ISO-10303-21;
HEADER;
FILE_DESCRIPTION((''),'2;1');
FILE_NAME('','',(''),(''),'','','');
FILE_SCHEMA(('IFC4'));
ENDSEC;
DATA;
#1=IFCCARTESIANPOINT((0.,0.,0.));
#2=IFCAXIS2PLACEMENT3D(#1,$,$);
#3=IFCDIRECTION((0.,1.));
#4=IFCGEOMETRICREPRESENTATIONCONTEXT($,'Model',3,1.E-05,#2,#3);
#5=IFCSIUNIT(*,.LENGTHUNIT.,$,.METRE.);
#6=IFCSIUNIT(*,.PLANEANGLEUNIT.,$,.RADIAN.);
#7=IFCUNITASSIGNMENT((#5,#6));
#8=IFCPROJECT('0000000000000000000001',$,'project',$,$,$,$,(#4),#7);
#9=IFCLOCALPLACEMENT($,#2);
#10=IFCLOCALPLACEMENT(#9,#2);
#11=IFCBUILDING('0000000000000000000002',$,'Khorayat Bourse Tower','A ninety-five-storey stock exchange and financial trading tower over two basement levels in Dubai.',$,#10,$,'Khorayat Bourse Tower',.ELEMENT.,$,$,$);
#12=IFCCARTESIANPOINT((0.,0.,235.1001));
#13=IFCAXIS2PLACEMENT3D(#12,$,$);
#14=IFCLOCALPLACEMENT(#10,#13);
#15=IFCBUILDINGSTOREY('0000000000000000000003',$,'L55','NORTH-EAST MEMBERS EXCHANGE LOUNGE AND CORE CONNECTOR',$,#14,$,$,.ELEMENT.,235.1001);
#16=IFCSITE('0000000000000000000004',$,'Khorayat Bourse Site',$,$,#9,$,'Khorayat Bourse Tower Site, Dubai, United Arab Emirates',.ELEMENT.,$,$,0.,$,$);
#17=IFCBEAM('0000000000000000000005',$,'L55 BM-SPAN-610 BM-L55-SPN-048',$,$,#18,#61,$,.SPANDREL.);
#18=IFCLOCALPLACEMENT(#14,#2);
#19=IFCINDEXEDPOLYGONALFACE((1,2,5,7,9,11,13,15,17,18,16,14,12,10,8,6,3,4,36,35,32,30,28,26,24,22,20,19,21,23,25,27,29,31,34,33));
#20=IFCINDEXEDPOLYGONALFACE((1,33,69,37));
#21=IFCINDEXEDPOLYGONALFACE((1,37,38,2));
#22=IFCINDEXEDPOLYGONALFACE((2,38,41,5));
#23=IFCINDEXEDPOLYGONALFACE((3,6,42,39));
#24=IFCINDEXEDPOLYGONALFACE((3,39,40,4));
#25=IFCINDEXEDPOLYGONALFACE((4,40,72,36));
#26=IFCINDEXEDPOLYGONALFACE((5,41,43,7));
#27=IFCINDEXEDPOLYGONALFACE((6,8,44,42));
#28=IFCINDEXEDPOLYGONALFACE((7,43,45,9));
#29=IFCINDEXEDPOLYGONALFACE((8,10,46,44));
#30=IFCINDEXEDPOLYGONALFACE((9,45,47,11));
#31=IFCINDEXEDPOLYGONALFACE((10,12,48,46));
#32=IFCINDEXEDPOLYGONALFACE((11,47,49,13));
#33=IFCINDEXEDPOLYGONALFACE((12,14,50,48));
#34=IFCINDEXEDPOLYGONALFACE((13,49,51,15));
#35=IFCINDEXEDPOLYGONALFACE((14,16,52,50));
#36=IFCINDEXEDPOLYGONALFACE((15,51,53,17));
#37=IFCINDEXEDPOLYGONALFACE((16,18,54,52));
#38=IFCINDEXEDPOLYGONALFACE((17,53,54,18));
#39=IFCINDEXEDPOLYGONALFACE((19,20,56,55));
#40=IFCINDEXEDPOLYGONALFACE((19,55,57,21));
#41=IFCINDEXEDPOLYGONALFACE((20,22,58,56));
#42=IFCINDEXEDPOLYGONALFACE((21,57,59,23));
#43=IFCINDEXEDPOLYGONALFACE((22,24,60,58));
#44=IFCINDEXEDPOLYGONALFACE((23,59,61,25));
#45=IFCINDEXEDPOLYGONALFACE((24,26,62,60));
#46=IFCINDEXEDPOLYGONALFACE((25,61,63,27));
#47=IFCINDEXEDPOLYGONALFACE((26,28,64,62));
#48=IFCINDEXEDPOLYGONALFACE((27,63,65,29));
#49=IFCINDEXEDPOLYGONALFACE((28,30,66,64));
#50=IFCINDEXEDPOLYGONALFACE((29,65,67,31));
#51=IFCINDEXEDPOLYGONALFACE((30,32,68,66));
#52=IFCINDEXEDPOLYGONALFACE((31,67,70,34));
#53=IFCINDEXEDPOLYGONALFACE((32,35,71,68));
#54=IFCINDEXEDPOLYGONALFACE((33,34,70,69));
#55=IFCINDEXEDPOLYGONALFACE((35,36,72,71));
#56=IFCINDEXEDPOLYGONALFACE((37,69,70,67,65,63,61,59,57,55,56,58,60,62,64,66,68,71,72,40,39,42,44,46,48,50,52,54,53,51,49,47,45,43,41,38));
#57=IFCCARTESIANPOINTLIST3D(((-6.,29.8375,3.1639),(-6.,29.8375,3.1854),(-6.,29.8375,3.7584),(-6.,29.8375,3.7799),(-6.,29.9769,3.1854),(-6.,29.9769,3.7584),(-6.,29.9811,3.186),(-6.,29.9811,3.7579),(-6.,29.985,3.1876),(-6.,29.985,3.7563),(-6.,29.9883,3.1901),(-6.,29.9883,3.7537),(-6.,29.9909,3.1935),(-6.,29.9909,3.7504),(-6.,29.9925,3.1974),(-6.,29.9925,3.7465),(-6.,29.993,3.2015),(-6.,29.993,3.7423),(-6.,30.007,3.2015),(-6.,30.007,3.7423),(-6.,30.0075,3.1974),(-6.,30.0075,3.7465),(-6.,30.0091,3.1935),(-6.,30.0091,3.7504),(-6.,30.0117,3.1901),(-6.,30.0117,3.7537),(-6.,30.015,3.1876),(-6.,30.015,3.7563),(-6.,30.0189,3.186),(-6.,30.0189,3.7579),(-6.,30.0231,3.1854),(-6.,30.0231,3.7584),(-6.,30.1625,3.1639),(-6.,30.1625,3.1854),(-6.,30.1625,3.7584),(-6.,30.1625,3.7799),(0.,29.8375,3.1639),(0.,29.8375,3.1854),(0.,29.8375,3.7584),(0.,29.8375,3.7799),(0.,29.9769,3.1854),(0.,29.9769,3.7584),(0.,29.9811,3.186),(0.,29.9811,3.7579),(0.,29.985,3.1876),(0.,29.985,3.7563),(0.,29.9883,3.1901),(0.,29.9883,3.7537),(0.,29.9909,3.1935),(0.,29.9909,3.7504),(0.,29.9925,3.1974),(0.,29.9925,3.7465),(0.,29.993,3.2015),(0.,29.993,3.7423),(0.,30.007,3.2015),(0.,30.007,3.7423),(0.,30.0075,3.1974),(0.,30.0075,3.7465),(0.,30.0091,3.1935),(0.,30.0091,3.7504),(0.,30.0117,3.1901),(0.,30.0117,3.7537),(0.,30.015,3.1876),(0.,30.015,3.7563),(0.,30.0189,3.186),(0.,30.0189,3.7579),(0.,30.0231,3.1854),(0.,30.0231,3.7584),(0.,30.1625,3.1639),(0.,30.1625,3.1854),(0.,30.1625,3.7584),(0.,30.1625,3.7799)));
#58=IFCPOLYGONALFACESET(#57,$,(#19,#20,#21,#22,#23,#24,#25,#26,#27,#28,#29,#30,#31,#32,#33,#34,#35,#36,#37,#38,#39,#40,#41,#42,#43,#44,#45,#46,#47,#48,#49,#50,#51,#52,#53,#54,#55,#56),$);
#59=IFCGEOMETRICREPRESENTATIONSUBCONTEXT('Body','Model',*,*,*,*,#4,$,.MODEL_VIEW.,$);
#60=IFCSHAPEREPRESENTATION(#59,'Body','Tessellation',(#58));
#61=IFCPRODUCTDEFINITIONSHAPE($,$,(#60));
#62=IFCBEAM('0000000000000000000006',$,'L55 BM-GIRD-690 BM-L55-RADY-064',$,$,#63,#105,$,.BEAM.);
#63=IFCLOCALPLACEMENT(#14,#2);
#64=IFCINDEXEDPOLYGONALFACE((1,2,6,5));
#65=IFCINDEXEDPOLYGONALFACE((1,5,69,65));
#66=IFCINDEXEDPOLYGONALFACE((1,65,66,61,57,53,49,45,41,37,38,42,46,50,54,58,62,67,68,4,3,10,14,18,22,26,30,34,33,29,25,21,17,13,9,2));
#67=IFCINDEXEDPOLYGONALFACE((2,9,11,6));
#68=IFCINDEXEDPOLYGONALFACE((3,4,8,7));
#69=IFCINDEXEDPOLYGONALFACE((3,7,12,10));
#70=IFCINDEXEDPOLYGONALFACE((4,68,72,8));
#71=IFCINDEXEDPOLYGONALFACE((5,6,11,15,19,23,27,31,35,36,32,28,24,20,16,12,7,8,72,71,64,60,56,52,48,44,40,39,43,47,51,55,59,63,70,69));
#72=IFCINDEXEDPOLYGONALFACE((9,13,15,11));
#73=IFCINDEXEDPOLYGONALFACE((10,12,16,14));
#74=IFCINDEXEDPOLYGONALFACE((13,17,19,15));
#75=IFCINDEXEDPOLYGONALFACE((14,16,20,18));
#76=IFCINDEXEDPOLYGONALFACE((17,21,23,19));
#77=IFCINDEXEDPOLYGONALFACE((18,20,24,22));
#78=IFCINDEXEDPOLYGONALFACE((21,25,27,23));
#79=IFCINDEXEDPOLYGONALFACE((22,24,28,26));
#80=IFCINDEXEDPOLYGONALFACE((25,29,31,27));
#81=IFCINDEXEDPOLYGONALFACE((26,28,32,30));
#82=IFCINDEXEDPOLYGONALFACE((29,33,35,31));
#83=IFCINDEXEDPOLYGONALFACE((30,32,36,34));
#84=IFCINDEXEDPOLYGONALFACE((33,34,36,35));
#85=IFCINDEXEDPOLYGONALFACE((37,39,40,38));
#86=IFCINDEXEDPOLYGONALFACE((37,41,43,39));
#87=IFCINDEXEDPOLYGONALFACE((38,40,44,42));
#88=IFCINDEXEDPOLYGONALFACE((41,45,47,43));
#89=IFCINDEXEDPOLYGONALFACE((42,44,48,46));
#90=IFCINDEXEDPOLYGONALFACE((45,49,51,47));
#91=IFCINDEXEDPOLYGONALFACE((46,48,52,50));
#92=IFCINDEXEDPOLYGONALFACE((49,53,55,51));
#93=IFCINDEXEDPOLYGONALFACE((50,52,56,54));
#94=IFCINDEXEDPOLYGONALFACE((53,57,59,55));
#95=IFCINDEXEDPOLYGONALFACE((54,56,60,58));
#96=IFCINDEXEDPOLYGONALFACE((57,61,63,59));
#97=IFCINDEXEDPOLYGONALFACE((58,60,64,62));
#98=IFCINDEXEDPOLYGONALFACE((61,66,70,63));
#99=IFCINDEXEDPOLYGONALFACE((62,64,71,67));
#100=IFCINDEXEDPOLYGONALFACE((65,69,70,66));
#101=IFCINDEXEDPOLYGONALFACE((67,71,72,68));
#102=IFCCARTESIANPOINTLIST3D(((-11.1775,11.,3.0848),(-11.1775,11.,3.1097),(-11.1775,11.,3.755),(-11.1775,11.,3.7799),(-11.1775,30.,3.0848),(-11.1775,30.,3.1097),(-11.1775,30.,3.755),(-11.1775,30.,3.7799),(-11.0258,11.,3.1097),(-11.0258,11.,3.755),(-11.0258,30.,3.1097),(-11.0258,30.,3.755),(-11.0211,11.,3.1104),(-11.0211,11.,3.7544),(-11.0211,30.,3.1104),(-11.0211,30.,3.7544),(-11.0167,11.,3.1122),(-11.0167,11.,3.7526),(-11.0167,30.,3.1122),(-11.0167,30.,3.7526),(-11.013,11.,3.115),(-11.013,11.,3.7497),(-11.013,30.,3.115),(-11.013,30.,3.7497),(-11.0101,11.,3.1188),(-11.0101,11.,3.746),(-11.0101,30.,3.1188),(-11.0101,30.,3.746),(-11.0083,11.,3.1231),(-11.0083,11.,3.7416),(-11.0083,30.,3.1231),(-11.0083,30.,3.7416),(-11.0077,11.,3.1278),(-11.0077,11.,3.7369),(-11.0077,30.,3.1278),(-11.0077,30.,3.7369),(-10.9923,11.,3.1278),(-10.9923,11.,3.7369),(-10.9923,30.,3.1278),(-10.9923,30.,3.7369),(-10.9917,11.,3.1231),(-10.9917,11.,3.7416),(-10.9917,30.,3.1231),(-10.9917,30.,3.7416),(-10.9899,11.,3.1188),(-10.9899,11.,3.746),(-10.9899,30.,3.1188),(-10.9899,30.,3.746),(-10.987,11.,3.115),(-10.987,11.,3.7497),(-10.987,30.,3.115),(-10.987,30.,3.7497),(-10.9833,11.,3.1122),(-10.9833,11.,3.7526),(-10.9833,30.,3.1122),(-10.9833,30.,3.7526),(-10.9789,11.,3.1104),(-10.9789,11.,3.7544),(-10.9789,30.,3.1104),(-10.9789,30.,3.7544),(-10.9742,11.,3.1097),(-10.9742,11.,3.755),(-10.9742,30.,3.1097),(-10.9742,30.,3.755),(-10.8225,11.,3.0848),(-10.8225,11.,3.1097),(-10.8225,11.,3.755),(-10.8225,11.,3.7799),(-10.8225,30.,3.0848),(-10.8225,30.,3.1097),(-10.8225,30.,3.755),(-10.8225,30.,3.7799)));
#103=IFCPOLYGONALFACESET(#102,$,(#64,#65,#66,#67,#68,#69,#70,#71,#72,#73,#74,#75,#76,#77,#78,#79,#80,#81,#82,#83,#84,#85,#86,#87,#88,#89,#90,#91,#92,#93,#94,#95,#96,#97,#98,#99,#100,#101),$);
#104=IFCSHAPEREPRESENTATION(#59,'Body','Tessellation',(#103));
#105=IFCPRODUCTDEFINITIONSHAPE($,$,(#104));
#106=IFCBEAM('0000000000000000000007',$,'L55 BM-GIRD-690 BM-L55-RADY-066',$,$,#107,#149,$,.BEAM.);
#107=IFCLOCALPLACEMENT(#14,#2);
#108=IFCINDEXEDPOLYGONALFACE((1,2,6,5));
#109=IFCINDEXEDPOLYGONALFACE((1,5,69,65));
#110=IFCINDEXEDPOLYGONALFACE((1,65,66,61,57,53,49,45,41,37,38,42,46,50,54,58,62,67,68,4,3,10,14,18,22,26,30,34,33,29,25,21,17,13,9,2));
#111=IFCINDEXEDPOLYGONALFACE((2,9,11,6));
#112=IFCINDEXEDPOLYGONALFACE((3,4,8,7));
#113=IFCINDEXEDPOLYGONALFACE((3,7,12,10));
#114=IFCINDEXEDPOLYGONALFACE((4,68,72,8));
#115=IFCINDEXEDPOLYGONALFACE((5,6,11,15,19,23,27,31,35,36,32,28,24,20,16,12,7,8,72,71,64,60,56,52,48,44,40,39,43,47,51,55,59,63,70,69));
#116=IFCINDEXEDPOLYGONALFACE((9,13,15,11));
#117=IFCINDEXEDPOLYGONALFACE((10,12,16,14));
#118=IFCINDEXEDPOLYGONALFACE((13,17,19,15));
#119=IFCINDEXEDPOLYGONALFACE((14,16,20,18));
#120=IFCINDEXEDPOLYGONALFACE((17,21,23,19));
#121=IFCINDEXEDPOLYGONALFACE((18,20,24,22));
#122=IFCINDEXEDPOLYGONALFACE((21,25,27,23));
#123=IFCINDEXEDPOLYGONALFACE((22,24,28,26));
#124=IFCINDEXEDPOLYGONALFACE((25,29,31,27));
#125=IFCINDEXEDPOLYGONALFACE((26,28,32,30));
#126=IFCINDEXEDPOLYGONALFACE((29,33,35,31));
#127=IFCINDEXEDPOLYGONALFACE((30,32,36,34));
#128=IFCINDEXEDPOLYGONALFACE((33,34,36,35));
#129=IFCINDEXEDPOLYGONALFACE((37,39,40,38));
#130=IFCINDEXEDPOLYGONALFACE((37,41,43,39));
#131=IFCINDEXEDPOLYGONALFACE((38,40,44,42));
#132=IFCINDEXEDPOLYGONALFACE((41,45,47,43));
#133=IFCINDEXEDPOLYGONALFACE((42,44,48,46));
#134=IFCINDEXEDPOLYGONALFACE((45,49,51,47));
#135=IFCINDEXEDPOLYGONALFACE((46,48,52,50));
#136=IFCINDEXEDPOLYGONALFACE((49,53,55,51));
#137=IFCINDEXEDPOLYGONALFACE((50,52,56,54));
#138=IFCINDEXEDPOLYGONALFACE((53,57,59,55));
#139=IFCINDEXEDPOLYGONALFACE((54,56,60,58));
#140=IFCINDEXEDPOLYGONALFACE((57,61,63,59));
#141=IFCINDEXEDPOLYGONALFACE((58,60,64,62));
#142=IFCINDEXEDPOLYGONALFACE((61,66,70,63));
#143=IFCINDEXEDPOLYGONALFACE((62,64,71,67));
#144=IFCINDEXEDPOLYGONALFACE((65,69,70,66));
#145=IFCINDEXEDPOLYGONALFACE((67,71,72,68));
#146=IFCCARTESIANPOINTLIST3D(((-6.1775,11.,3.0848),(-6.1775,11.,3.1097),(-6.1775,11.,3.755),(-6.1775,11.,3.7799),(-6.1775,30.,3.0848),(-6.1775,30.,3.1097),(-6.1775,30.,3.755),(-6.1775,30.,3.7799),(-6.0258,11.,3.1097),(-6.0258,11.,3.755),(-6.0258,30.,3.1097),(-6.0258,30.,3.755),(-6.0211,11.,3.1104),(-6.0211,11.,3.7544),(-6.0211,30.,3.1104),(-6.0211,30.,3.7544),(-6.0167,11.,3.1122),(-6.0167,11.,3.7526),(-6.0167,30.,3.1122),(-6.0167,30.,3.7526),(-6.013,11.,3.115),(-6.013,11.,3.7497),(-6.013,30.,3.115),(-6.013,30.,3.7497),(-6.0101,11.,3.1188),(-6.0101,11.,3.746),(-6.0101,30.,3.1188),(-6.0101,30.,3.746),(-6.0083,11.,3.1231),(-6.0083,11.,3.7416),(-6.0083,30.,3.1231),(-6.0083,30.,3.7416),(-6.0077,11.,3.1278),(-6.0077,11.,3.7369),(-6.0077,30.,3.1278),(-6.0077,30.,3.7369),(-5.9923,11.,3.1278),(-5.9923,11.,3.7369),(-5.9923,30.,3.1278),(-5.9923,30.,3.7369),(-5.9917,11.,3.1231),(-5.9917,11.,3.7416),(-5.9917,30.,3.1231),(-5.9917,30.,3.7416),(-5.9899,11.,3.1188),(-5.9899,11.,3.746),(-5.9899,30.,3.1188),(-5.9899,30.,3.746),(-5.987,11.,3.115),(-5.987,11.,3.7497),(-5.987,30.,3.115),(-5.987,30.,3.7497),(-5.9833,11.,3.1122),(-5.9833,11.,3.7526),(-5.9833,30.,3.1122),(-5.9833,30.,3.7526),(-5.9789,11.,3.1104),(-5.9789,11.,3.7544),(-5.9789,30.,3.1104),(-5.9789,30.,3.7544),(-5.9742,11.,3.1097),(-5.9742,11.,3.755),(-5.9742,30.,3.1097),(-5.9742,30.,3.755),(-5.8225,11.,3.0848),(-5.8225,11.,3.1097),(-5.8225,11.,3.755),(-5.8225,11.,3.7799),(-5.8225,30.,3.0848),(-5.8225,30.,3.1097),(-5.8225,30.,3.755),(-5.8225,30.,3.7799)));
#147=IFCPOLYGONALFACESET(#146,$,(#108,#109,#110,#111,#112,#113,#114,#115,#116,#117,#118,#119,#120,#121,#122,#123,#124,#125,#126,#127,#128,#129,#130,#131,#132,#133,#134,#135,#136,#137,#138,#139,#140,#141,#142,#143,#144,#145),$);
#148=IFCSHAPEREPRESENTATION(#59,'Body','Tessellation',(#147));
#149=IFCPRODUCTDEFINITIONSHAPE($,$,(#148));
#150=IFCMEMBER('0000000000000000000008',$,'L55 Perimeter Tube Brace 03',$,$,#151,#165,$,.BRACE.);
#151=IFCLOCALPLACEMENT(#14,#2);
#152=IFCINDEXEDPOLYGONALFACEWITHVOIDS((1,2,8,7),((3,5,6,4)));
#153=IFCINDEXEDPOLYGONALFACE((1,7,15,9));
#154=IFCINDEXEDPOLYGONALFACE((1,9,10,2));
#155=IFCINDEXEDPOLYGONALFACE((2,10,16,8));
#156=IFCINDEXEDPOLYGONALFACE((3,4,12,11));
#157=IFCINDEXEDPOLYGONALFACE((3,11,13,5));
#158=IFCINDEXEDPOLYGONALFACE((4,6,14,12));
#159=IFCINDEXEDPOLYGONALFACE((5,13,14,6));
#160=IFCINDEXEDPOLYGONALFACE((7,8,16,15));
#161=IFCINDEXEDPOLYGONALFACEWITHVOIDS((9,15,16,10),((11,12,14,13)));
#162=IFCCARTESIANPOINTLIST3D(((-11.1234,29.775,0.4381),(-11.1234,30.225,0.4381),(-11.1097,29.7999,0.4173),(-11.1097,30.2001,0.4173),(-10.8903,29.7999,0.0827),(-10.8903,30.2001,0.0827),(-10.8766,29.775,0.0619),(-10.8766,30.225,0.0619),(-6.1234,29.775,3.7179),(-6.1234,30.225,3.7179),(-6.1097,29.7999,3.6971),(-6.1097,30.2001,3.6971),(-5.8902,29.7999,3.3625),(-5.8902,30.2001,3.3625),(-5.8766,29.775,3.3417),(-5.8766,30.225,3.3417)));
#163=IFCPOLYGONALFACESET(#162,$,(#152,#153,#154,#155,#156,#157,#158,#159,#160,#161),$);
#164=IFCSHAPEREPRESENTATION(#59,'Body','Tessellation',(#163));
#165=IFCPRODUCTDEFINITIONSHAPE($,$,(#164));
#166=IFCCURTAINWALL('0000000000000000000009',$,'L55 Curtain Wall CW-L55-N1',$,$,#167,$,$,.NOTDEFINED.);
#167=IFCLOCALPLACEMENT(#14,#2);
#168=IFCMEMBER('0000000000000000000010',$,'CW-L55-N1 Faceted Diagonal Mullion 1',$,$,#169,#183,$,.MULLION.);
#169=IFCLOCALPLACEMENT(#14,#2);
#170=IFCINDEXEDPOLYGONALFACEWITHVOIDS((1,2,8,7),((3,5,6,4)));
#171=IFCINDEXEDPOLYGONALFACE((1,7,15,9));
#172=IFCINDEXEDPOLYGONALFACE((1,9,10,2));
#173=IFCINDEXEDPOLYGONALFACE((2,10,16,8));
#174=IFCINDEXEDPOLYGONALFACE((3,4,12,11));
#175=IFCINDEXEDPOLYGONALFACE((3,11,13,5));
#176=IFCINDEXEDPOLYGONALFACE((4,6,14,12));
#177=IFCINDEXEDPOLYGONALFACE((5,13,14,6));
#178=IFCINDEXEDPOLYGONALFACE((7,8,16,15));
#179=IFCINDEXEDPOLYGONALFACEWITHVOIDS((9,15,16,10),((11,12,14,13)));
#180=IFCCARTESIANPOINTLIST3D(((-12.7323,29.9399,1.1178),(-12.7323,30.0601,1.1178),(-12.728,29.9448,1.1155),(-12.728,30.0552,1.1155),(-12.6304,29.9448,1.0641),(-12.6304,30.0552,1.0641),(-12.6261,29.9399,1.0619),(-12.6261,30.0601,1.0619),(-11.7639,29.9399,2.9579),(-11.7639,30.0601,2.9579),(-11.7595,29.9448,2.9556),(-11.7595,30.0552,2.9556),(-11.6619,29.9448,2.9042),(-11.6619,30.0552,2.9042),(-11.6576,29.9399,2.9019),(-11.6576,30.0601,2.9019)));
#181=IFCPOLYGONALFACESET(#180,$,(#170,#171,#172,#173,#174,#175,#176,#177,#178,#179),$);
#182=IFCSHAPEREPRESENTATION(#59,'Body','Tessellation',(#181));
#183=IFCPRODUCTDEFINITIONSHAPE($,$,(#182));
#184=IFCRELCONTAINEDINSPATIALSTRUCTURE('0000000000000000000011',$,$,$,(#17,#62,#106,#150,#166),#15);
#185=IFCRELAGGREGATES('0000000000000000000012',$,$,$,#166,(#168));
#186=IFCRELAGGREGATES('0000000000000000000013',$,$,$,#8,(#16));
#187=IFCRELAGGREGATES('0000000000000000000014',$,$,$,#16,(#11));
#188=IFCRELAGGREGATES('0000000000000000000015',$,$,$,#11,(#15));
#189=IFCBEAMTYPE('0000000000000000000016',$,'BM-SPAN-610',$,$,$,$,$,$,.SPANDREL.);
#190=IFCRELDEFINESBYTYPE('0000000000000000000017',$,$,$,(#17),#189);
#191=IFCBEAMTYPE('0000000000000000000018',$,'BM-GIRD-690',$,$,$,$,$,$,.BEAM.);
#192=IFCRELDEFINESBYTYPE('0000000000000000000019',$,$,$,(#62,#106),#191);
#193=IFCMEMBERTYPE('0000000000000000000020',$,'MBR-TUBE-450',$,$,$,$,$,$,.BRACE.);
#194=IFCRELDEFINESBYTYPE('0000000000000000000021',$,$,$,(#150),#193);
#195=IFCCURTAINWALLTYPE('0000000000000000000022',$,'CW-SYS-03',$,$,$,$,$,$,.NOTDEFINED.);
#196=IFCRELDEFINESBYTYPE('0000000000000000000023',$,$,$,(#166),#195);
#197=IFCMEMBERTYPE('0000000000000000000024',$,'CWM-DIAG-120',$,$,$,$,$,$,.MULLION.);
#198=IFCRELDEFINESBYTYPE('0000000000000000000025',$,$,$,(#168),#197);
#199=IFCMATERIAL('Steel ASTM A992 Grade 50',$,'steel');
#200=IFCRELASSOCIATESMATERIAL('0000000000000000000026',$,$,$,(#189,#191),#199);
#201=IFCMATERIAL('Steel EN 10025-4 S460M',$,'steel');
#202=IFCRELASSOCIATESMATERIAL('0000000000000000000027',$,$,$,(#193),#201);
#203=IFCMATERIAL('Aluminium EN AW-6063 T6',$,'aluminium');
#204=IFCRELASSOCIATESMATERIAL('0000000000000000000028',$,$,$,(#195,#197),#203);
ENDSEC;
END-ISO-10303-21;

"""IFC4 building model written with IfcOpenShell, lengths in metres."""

from ifc_helpers import new_model, si_unit, direction, frame, origin, origin_2d, place, context, subcontext, project, spatial, hollow_rectangle, i_section, extrude, source, transform, mapped, material, material_profile, profile_set, type_object, element, aggregate, save


model = new_model("IFC4")

# Units and contexts
model_context = context("Model", 3, precision=1e-05, world=origin(), true_north=direction((0.0, 1.0)))
body_context = subcontext(model_context, "Body", "Model", "MODEL_VIEW")
ifc_project = project(units=[si_unit("LENGTHUNIT", "METRE"), si_unit("PLANEANGLEUNIT", "RADIAN")], contexts=[model_context])

# Site, building, storey
site_placement = place(None, origin())
site = spatial("IfcSite", under=ifc_project, at=site_placement, Name="Khorayat Bourse Site", LongName="Khorayat Bourse Tower Site, Dubai, United Arab Emirates", CompositionType="ELEMENT", RefElevation=0.0)
building_placement = place(site_placement, origin())
building = spatial("IfcBuilding", under=site, at=building_placement, Name="Khorayat Bourse Tower", Description="A ninety-five-storey stock exchange and financial trading tower over two basement levels in Dubai.", LongName="Khorayat Bourse Tower", CompositionType="ELEMENT")
storey_placement = place(building_placement, frame((0.0, 0.0, 235.1001)))
storey = spatial("IfcBuildingStorey", under=building, at=storey_placement, Name="L55", Description="NORTH-EAST MEMBERS EXCHANGE LOUNGE AND CORE CONNECTOR", CompositionType="ELEMENT", Elevation=235.1001)

# Shared definitions
ifc_material_1 = material(Name="Steel EN 10025-4 S460M", Category="steel")

# Beams
ifc_material_2 = material(Name="Steel ASTM A992 Grade 50", Category="steel")
ifc_material_profile_1 = material_profile(ifc_material_2, i_section(OverallWidth=0.325, OverallDepth=0.616, WebThickness=0.0139, FlangeThickness=0.0215, FilletRadius=0.0161, at=origin_2d()), Name="W610X174")
ifc_profile_set_1 = profile_set([ifc_material_profile_1], Name="Steel ASTM A992 Grade 50")
beam_type_1 = type_object("IfcBeamType", Name="BM-SPAN-610", PredefinedType="SPANDREL", material=ifc_profile_set_1)
shared_shape_1 = source(origin(), body_context, "Body", "SweptSolid", [
    extrude(i_section(OverallWidth=0.325, OverallDepth=0.616, WebThickness=0.0139, FlangeThickness=0.0215, FilletRadius=0.0161, at=origin_2d()), origin(), (0.0, 0.0, 1.0), 6.0),
])
beam_1_placement = place(storey_placement, frame((-6.0, 30.0, 3.4719), z_axis=(1.0, 0.0, 0.0), x_axis=(0.0, 1.0, 0.0)))
element("IfcBeam", 1, at=beam_1_placement, inside=storey, type_object=beam_type_1, Name="L55 BM-SPAN-610 BM-L55-SPN-048", PredefinedType="SPANDREL", context=body_context, shape_type="MappedRepresentation", body=[
    mapped(shared_shape_1, transform((0.0, 0.0, 0.0), scale=1.0)),
])
ifc_material_profile_2 = material_profile(ifc_material_2, i_section(OverallWidth=0.355, OverallDepth=0.6951, WebThickness=0.0154, FlangeThickness=0.0249, FilletRadius=0.0181, at=origin_2d()), Name="W690X217")
ifc_profile_set_2 = profile_set([ifc_material_profile_2], Name="Steel ASTM A992 Grade 50")
beam_type_2 = type_object("IfcBeamType", Name="BM-GIRD-690", PredefinedType="BEAM", material=ifc_profile_set_2)
shared_shape_2 = source(origin(), body_context, "Body", "SweptSolid", [
    extrude(i_section(OverallWidth=0.355, OverallDepth=0.6951, WebThickness=0.0154, FlangeThickness=0.0249, FilletRadius=0.0181, at=origin_2d()), origin(), (0.0, 0.0, 1.0), 19.0),
])
for number, where, z_axis, x_axis, name in (
    (2, (-11.0, 11.0, 3.4324), (0.0, 1.0, 0.0), (-1.0, 0.0, 0.0), "L55 BM-GIRD-690 BM-L55-RADY-064"),
    (3, (-6.0, 11.0, 3.4324), (0.0, 1.0, 0.0), (-1.0, 0.0, 0.0), "L55 BM-GIRD-690 BM-L55-RADY-066"),
):
    element("IfcBeam", number, at=place(storey_placement, frame(where, z_axis=z_axis, x_axis=x_axis)), inside=storey, type_object=beam_type_2, Name=name, PredefinedType="BEAM", context=body_context, shape_type="MappedRepresentation", body=[
        mapped(shared_shape_2, transform((0.0, 0.0, 0.0), scale=1.0)),
    ])

# Member
ifc_material_profile_3 = material_profile(ifc_material_1, hollow_rectangle(XDim=0.45, YDim=0.45, WallThickness=0.0249, at=origin_2d()), Name="HSS 450x450x25")
ifc_profile_set_3 = profile_set([ifc_material_profile_3], Name="Steel EN 10025-4 S460M")
member_type_1 = type_object("IfcMemberType", Name="MBR-TUBE-450", PredefinedType="BRACE", material=ifc_profile_set_3)
shared_shape_3 = source(origin(), body_context, "Body", "SweptSolid", [
    extrude(hollow_rectangle(XDim=0.45, YDim=0.45, WallThickness=0.0249, at=origin_2d()), origin(), (0.0, 0.0, 1.0), 5.9797),
])
member_1_placement = place(storey_placement, frame((-11.0, 30.0, 0.25), z_axis=(0.83616, 0.0, 0.548485), x_axis=(0.0, 1.0, 0.0)))
element("IfcMember", 4, at=member_1_placement, inside=storey, type_object=member_type_1, Name="L55 Perimeter Tube Brace 03", PredefinedType="BRACE", context=body_context, shape_type="MappedRepresentation", body=[
    mapped(shared_shape_3, transform((0.0, 0.0, 0.0), scale=1.0)),
])

# Curtain wall, member
ifc_material_3 = material(Name="Aluminium EN AW-6063 T6", Category="aluminium")
curtain_wall_type = type_object("IfcCurtainWallType", Name="CW-SYS-03", PredefinedType="NOTDEFINED", material=ifc_material_3)
curtain_wall_placement = place(storey_placement, origin())
curtain_wall = element("IfcCurtainWall", 5, at=curtain_wall_placement, inside=storey, type_object=curtain_wall_type, Name="L55 Curtain Wall CW-L55-N1", PredefinedType="NOTDEFINED")
ifc_material_profile_4 = material_profile(ifc_material_3, hollow_rectangle(XDim=0.1201, YDim=0.1201, WallThickness=0.0049, at=origin_2d()), Name="ALU 120x120x5")
ifc_profile_set_4 = profile_set([ifc_material_profile_4], Name="Aluminium EN AW-6063 T6")
member_type_2 = type_object("IfcMemberType", Name="CWM-DIAG-120", PredefinedType="MULLION", material=ifc_profile_set_4)
shared_shape_4 = source(origin(), body_context, "Body", "SweptSolid", [
    extrude(hollow_rectangle(XDim=0.1201, YDim=0.1201, WallThickness=0.0049, at=origin_2d()), origin(), (0.0, 0.0, 1.0), 2.0793),
])
member_2_placement = place(storey_placement, frame((-12.6792, 30.0, 1.0898), z_axis=(0.465761, 0.0, 0.884911), x_axis=(0.0, 1.0, 0.0)))
member_2 = element("IfcMember", 6, at=member_2_placement, type_object=member_type_2, Name="CW-L55-N1 Faceted Diagonal Mullion 1", PredefinedType="MULLION", context=body_context, shape_type="MappedRepresentation", body=[
    mapped(shared_shape_4, transform((0.0, 0.0, 0.0), scale=1.0)),
])

aggregate(curtain_wall, [member_2])

save(model, "model.ifc")
